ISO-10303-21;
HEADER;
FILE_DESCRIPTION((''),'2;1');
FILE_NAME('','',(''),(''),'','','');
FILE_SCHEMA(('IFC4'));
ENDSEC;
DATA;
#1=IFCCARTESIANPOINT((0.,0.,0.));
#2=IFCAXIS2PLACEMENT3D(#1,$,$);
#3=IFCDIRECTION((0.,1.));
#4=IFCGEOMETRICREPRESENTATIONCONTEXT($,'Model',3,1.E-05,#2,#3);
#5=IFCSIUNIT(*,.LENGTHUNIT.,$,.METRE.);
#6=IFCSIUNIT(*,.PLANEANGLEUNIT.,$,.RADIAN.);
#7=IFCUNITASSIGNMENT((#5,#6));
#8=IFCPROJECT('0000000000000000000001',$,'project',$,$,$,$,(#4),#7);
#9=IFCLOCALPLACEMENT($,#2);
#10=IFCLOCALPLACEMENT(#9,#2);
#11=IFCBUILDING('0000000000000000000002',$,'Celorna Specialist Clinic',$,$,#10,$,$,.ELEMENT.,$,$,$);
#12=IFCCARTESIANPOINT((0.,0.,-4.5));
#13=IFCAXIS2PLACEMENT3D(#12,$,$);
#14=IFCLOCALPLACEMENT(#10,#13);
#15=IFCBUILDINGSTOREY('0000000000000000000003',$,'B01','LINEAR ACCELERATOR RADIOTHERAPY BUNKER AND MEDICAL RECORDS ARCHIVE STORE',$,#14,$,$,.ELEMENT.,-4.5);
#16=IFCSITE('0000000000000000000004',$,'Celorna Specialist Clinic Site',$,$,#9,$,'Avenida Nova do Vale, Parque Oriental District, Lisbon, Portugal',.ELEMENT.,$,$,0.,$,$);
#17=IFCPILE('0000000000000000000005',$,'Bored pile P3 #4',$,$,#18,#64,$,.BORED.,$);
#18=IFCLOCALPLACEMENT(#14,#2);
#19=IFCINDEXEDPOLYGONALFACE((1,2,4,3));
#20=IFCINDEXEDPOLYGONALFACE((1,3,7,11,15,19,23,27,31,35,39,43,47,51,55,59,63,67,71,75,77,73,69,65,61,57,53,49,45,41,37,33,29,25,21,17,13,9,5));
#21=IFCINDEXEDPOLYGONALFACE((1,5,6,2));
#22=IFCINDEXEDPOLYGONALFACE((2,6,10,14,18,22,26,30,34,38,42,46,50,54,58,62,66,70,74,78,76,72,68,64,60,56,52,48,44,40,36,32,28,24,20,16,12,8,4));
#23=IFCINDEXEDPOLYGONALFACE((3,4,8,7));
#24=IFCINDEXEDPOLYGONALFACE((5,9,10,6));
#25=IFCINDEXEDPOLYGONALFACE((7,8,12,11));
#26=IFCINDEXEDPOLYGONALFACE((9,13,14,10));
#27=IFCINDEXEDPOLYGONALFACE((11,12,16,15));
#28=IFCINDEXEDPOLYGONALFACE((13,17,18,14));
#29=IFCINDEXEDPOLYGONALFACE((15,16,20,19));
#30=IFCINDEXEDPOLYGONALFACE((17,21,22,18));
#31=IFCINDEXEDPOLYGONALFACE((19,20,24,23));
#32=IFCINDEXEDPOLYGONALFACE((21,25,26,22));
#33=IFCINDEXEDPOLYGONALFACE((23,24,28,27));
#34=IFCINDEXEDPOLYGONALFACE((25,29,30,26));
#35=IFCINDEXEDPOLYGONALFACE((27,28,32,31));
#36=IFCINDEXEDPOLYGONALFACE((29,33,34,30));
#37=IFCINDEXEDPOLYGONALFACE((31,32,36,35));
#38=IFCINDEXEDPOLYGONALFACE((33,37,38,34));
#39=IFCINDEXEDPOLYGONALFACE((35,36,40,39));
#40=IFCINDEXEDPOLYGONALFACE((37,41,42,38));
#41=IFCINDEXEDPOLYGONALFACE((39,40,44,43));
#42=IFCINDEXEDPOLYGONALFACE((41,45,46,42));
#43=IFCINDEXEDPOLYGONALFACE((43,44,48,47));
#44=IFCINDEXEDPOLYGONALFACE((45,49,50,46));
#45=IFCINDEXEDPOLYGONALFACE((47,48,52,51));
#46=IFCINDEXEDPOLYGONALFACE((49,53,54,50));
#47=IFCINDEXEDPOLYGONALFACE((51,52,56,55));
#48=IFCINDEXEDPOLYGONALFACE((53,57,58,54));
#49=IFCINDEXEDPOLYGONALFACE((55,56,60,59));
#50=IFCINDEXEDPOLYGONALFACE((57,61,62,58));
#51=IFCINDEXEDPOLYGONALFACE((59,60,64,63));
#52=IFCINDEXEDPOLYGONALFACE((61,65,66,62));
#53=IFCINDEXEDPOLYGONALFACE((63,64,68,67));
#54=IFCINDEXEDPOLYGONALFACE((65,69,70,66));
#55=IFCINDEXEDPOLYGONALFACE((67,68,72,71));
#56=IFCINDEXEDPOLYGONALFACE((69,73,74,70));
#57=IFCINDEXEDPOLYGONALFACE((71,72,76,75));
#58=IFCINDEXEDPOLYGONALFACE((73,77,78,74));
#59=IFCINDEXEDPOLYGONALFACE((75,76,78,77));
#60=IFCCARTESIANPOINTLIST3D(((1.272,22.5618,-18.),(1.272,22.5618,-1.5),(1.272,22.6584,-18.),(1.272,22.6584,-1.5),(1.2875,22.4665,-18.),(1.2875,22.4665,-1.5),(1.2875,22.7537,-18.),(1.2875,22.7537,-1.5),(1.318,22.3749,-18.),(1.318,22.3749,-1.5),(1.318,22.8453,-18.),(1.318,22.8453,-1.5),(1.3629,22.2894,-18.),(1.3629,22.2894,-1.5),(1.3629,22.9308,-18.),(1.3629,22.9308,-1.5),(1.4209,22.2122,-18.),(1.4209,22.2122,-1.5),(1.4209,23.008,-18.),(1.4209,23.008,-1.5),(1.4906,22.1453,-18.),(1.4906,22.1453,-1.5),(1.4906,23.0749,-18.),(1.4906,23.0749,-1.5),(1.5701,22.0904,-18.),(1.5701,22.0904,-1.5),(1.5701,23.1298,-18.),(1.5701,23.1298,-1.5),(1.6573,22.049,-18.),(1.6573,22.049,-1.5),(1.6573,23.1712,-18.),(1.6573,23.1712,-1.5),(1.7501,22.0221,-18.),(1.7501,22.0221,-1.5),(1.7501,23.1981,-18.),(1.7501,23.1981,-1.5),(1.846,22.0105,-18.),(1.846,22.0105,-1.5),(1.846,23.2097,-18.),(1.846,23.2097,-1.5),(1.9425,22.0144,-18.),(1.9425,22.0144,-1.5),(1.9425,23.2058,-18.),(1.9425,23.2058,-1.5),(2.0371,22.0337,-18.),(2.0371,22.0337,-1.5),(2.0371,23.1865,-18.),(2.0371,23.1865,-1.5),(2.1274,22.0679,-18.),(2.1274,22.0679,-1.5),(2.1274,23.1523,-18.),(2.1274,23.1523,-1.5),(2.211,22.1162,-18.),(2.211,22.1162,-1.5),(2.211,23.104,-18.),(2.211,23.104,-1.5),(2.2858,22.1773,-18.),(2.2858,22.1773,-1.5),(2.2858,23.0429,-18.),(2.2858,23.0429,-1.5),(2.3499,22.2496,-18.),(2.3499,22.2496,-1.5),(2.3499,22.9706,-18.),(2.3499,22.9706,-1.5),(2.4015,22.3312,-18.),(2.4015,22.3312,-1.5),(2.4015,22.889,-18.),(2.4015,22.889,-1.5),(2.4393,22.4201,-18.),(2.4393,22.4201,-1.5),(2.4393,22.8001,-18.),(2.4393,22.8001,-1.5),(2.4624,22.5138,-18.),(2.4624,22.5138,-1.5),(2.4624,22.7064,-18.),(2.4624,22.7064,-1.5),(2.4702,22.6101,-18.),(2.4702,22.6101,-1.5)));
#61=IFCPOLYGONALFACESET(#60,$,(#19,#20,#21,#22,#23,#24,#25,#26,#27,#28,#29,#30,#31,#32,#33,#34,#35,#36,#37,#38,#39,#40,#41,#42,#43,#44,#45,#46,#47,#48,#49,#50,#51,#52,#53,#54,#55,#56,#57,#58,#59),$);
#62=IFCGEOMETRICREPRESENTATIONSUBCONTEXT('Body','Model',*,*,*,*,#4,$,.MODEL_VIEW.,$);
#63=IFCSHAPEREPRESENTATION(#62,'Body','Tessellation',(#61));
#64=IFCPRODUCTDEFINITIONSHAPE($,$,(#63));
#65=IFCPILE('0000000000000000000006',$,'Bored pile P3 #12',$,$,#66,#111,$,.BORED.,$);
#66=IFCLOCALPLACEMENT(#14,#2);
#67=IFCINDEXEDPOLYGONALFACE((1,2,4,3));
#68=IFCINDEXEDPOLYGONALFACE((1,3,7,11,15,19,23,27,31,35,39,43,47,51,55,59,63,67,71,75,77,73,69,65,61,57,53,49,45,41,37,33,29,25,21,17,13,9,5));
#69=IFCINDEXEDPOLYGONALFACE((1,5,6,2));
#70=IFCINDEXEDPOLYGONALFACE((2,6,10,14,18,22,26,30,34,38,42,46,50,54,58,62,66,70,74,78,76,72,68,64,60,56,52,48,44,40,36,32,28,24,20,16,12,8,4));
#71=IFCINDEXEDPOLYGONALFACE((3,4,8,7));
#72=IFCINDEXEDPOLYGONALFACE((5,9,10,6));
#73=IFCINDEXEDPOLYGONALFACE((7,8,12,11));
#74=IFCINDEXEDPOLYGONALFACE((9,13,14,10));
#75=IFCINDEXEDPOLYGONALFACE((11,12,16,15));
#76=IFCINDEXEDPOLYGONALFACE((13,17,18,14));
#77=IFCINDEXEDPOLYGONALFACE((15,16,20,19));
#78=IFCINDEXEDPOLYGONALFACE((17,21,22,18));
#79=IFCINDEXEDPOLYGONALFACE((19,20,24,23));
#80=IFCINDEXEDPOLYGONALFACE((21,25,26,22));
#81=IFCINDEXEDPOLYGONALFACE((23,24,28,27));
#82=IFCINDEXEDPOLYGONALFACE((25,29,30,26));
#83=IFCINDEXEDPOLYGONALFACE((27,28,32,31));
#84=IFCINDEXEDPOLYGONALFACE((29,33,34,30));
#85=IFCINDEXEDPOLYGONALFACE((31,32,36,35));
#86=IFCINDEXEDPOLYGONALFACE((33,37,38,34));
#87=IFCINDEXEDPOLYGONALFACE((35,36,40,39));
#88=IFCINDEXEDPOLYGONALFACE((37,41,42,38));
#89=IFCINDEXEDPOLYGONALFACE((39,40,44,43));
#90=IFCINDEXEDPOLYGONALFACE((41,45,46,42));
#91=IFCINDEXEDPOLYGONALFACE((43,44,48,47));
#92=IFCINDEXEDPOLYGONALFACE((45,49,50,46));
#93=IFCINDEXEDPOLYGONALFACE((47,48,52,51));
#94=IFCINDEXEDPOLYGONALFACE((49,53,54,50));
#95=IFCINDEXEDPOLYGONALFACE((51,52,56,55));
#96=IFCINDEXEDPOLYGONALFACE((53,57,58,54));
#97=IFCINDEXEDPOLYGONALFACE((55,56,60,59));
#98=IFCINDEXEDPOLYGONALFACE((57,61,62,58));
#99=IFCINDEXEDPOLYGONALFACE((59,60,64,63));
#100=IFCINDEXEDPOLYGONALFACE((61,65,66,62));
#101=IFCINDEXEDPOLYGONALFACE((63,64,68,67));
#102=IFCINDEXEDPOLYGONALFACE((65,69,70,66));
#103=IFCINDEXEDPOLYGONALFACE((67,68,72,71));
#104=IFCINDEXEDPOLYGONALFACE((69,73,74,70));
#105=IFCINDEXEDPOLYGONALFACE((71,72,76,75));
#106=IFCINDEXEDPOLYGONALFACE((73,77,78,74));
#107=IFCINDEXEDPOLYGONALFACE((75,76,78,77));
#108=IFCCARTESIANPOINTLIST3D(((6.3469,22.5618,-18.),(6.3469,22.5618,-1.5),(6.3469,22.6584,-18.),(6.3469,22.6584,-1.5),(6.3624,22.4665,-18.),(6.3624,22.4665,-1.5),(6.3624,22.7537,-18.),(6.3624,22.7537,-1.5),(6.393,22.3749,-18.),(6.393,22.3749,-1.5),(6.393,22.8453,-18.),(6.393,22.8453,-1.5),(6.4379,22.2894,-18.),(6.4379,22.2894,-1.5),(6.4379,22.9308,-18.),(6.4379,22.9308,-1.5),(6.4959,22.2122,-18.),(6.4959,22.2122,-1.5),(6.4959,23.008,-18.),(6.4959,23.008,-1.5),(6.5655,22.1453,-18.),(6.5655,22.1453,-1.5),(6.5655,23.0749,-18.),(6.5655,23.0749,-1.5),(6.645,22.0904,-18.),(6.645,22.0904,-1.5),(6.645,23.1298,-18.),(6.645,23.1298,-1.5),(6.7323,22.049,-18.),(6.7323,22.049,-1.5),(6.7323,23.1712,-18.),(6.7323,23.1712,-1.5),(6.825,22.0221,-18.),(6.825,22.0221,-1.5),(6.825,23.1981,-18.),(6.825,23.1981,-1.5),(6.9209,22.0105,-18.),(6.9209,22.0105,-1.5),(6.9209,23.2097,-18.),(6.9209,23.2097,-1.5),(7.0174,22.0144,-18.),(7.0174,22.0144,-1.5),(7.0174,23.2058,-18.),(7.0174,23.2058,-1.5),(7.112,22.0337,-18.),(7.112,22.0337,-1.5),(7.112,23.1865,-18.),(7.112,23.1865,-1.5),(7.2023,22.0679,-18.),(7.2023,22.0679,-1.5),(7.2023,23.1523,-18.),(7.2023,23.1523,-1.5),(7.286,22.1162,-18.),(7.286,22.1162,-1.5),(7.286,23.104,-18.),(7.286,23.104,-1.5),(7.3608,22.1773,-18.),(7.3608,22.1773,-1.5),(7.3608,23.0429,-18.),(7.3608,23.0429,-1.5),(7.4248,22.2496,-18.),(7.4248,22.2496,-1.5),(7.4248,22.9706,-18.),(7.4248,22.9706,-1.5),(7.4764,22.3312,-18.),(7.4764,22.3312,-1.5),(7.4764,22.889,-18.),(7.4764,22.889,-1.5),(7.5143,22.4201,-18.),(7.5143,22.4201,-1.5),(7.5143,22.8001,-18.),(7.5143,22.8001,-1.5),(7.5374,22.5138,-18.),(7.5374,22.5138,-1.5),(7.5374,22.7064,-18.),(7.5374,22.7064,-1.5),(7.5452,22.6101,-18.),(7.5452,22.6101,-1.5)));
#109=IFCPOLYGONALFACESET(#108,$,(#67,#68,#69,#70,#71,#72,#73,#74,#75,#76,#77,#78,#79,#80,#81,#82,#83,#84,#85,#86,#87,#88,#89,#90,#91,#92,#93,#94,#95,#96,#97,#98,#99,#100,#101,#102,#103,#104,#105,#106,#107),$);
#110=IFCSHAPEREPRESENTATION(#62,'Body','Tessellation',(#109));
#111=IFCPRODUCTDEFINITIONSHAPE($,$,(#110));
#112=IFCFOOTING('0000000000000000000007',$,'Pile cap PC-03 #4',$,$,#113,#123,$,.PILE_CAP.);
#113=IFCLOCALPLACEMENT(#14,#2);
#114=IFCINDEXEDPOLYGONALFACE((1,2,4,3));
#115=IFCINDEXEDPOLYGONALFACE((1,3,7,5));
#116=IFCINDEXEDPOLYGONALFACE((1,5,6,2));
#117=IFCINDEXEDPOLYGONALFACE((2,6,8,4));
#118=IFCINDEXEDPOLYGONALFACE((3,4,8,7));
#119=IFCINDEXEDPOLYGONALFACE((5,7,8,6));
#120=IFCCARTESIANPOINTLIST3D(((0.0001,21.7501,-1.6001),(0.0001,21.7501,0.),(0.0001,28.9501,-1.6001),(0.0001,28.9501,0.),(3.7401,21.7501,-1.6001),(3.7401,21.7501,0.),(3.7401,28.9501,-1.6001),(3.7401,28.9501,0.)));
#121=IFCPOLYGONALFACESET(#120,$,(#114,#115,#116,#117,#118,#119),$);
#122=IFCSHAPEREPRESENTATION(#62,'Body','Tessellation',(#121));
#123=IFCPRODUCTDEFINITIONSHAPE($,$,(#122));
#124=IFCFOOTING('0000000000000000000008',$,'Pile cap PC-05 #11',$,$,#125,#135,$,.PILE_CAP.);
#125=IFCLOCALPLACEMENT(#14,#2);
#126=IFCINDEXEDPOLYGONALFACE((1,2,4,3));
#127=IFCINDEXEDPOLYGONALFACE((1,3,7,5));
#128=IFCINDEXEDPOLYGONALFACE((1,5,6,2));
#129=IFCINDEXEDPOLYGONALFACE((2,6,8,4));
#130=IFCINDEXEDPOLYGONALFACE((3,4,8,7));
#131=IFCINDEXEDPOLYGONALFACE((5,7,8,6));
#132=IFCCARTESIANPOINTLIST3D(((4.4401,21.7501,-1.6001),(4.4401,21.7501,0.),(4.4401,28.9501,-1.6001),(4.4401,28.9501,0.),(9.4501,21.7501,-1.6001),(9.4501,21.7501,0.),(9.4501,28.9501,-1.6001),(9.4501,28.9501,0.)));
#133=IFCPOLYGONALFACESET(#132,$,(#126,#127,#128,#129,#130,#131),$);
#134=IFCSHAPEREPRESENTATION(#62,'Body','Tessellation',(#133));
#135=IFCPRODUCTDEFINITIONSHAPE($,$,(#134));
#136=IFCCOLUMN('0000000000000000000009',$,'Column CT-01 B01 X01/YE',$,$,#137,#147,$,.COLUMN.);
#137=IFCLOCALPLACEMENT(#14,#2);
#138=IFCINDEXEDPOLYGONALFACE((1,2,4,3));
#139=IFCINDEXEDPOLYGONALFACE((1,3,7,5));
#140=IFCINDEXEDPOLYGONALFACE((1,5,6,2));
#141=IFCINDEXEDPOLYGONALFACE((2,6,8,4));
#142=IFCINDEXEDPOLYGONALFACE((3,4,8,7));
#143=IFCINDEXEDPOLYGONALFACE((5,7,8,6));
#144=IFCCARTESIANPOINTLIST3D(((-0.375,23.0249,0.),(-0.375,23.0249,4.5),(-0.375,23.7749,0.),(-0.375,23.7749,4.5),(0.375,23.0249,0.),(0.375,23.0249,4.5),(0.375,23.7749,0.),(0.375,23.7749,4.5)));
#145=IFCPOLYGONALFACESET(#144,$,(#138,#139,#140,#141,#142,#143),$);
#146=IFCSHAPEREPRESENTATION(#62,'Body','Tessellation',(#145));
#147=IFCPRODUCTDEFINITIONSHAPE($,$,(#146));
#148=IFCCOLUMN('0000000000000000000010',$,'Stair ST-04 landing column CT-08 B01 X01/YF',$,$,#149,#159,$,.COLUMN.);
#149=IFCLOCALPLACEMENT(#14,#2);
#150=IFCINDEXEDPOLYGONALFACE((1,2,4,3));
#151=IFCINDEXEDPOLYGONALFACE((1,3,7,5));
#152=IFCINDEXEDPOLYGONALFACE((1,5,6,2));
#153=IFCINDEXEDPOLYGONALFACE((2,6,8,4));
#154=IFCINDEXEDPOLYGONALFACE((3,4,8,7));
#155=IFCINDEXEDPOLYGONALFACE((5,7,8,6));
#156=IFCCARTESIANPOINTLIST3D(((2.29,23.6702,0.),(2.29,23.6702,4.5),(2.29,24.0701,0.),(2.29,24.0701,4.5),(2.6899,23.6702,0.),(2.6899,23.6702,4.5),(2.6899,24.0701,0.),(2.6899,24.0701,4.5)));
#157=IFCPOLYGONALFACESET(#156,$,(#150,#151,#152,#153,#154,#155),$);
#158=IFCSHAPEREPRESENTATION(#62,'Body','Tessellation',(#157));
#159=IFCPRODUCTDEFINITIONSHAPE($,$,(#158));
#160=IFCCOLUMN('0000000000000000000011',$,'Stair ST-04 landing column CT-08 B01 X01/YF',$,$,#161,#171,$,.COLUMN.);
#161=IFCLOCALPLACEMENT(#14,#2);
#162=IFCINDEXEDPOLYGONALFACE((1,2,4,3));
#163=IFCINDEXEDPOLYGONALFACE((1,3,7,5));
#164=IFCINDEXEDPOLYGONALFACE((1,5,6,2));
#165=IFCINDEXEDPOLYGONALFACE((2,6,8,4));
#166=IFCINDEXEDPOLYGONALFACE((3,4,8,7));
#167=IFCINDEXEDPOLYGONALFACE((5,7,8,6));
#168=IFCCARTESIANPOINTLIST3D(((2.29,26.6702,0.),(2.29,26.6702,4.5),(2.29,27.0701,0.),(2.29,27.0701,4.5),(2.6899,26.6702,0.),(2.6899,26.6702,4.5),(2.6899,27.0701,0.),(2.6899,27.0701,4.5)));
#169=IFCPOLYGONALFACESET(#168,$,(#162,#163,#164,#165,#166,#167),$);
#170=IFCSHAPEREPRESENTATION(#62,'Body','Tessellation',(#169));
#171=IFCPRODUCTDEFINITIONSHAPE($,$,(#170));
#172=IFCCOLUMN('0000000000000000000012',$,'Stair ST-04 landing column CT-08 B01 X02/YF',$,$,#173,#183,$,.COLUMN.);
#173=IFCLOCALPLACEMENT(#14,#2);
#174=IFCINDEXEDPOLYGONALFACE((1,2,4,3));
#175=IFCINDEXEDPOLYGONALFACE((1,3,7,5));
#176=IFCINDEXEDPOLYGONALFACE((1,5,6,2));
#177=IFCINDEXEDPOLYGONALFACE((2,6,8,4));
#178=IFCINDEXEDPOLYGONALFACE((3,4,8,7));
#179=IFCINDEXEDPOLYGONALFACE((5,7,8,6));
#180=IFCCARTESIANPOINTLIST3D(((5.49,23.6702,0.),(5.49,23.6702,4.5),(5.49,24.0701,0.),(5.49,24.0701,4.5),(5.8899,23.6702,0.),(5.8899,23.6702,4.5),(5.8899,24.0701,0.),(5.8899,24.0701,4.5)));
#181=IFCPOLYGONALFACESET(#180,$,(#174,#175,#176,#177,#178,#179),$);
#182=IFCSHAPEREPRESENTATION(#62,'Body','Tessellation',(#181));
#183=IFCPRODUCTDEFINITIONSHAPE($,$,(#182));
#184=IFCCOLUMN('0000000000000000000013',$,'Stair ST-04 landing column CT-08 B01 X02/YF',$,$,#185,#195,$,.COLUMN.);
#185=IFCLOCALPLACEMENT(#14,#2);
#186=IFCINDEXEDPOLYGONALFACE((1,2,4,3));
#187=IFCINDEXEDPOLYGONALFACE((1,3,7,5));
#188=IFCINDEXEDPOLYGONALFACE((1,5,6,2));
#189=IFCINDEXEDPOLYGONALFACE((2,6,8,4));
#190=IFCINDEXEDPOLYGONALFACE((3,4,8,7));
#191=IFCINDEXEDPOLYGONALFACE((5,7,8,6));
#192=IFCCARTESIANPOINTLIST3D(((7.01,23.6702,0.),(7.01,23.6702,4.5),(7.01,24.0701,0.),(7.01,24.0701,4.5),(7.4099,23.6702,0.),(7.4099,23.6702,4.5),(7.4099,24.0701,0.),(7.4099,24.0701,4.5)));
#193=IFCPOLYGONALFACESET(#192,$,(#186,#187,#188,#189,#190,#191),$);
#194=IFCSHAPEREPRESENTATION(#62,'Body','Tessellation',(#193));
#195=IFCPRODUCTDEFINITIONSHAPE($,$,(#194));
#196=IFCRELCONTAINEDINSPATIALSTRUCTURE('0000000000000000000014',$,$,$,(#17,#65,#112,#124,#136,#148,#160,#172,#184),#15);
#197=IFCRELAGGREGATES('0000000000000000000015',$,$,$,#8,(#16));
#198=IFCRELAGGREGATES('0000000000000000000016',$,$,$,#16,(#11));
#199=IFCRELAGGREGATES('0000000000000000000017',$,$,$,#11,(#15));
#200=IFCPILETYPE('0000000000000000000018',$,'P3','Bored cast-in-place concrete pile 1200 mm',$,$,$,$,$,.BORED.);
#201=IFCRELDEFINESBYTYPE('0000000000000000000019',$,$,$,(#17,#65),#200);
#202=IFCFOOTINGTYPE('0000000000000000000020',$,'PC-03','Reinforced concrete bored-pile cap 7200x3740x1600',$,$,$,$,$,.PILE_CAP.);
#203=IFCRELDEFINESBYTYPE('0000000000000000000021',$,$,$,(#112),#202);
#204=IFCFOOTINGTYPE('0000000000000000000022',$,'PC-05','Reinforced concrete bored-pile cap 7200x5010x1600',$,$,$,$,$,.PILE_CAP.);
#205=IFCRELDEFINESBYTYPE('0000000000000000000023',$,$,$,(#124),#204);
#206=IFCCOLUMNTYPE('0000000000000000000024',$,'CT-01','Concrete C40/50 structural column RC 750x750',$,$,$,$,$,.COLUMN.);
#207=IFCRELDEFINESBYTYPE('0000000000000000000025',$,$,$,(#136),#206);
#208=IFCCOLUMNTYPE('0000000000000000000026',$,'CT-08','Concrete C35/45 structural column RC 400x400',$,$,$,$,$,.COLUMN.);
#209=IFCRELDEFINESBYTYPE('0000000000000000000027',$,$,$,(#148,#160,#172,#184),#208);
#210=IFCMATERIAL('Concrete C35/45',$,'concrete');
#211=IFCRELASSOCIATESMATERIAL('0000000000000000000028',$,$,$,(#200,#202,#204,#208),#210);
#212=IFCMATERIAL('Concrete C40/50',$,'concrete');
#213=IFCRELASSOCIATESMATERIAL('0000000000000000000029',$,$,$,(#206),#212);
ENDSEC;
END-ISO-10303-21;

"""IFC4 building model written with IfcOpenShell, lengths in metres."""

from ifc_helpers import new_model, si_unit, direction, frame, origin, origin_2d, place, context, subcontext, project, spatial, rectangle, circle, extrude, material, material_profile, profile_set, type_object, element, save


model = new_model("IFC4")

# Units and contexts
model_context = context("Model", 3, precision=1e-05, world=origin(), true_north=direction((0.0, 1.0)))
body_context = subcontext(model_context, "Body", "Model", "MODEL_VIEW")
ifc_project = project(units=[si_unit("LENGTHUNIT", "METRE"), si_unit("PLANEANGLEUNIT", "RADIAN")], contexts=[model_context])

# Site, building, storey
site_placement = place(None, origin())
site = spatial("IfcSite", under=ifc_project, at=site_placement, Name="Celorna Specialist Clinic Site", LongName="Avenida Nova do Vale, Parque Oriental District, Lisbon, Portugal", CompositionType="ELEMENT", RefElevation=0.0)
building_placement = place(site_placement, origin())
building = spatial("IfcBuilding", under=site, at=building_placement, Name="Celorna Specialist Clinic", CompositionType="ELEMENT")
storey_placement = place(building_placement, frame((0.0, 0.0, -4.5)))
storey = spatial("IfcBuildingStorey", under=building, at=storey_placement, Name="B01", Description="LINEAR ACCELERATOR RADIOTHERAPY BUNKER AND MEDICAL RECORDS ARCHIVE STORE", CompositionType="ELEMENT", Elevation=-4.5)

# Piles
ifc_material_1 = material(Name="Concrete C35/45", Category="concrete")
ifc_material_profile_1 = material_profile(ifc_material_1, circle(Radius=0.6001, at=origin_2d()), Name="BORED PILE 1200")
ifc_profile_set_1 = profile_set([ifc_material_profile_1], Name="Concrete C35/45")
pile_type = type_object("IfcPileType", Name="P3", Description="Bored cast-in-place concrete pile 1200 mm", PredefinedType="BORED", material=ifc_profile_set_1)
for number, where, z_axis, x_axis, name in (
    (1, (1.8701, 22.6101, -1.5), (0.0, 0.0, -1.0), (1.0, 0.0, 0.0), "Bored pile P3 #4"),
    (2, (6.9451, 22.6101, -1.5), (0.0, 0.0, -1.0), (1.0, 0.0, 0.0), "Bored pile P3 #12"),
):
    element("IfcPile", number, at=place(storey_placement, frame(where, z_axis=z_axis, x_axis=x_axis)), inside=storey, type_object=pile_type, Name=name, PredefinedType="BORED", context=body_context, shape_type="SweptSolid", body=[
        extrude(circle(Radius=0.6001, at=origin_2d()), origin(), (0.0, 0.0, 1.0), 16.5),
    ])

# Footings
footing_type_1 = type_object("IfcFootingType", Name="PC-03", Description="Reinforced concrete bored-pile cap 7200x3740x1600", PredefinedType="PILE_CAP", material=ifc_material_1)
footing_1_placement = place(storey_placement, frame((1.8701, 25.3501, -1.6001), z_axis=(0.0, 0.0, 1.0), x_axis=(1.0, 0.0, 0.0)))
element("IfcFooting", 3, at=footing_1_placement, inside=storey, type_object=footing_type_1, Name="Pile cap PC-03 #4", PredefinedType="PILE_CAP", context=body_context, shape_type="SweptSolid", body=[
    extrude(rectangle(XDim=3.74, YDim=7.2, at=origin_2d()), origin(), (0.0, 0.0, 1.0), 1.6001),
])
footing_type_2 = type_object("IfcFootingType", Name="PC-05", Description="Reinforced concrete bored-pile cap 7200x5010x1600", PredefinedType="PILE_CAP", material=ifc_material_1)
footing_2_placement = place(storey_placement, frame((6.9451, 25.3501, -1.6001), z_axis=(0.0, 0.0, 1.0), x_axis=(1.0, 0.0, 0.0)))
element("IfcFooting", 4, at=footing_2_placement, inside=storey, type_object=footing_type_2, Name="Pile cap PC-05 #11", PredefinedType="PILE_CAP", context=body_context, shape_type="SweptSolid", body=[
    extrude(rectangle(XDim=5.01, YDim=7.2, at=origin_2d()), origin(), (0.0, 0.0, 1.0), 1.6001),
])

# Columns
ifc_material_2 = material(Name="Concrete C40/50", Category="concrete")
ifc_material_profile_2 = material_profile(ifc_material_2, rectangle(XDim=0.75, YDim=0.75, at=origin_2d()), Name="RC 750x750")
ifc_profile_set_2 = profile_set([ifc_material_profile_2], Name="Concrete C40/50")
column_type_1 = type_object("IfcColumnType", Name="CT-01", Description="Concrete C40/50 structural column RC 750x750", PredefinedType="COLUMN", material=ifc_profile_set_2)
column_placement = place(storey_placement, frame((0.0, 23.3999, 0.0), z_axis=(0.0, 0.0, 1.0), x_axis=(1.0, 0.0, 0.0)))
element("IfcColumn", 5, at=column_placement, inside=storey, type_object=column_type_1, Name="Column CT-01 B01 X01/YE", PredefinedType="COLUMN", context=body_context, shape_type="SweptSolid", body=[
    extrude(rectangle(XDim=0.75, YDim=0.75, at=origin_2d()), origin(), (0.0, 0.0, 1.0), 4.5),
])
ifc_material_profile_3 = material_profile(ifc_material_1, rectangle(XDim=0.3999, YDim=0.3999, at=origin_2d()), Name="RC 400x400")
ifc_profile_set_3 = profile_set([ifc_material_profile_3], Name="Concrete C35/45")
column_type_2 = type_object("IfcColumnType", Name="CT-08", Description="Concrete C35/45 structural column RC 400x400", PredefinedType="COLUMN", material=ifc_profile_set_3)
for number, where, z_axis, x_axis, name in (
    (6, (2.49, 23.8701, 0.0), (0.0, 0.0, 1.0), (1.0, 0.0, 0.0), "Stair ST-04 landing column CT-08 B01 X01/YF"),
    (7, (2.49, 26.8701, 0.0), (0.0, 0.0, 1.0), (1.0, 0.0, 0.0), "Stair ST-04 landing column CT-08 B01 X01/YF"),
    (8, (5.6899, 23.8701, 0.0), (0.0, 0.0, 1.0), (1.0, 0.0, 0.0), "Stair ST-04 landing column CT-08 B01 X02/YF"),
    (9, (7.21, 23.8701, 0.0), (0.0, 0.0, 1.0), (1.0, 0.0, 0.0), "Stair ST-04 landing column CT-08 B01 X02/YF"),
):
    element("IfcColumn", number, at=place(storey_placement, frame(where, z_axis=z_axis, x_axis=x_axis)), inside=storey, type_object=column_type_2, Name=name, PredefinedType="COLUMN", context=body_context, shape_type="SweptSolid", body=[
        extrude(rectangle(XDim=0.3999, YDim=0.3999, at=origin_2d()), origin(), (0.0, 0.0, 1.0), 4.5),
    ])

save(model, "model.ifc")
